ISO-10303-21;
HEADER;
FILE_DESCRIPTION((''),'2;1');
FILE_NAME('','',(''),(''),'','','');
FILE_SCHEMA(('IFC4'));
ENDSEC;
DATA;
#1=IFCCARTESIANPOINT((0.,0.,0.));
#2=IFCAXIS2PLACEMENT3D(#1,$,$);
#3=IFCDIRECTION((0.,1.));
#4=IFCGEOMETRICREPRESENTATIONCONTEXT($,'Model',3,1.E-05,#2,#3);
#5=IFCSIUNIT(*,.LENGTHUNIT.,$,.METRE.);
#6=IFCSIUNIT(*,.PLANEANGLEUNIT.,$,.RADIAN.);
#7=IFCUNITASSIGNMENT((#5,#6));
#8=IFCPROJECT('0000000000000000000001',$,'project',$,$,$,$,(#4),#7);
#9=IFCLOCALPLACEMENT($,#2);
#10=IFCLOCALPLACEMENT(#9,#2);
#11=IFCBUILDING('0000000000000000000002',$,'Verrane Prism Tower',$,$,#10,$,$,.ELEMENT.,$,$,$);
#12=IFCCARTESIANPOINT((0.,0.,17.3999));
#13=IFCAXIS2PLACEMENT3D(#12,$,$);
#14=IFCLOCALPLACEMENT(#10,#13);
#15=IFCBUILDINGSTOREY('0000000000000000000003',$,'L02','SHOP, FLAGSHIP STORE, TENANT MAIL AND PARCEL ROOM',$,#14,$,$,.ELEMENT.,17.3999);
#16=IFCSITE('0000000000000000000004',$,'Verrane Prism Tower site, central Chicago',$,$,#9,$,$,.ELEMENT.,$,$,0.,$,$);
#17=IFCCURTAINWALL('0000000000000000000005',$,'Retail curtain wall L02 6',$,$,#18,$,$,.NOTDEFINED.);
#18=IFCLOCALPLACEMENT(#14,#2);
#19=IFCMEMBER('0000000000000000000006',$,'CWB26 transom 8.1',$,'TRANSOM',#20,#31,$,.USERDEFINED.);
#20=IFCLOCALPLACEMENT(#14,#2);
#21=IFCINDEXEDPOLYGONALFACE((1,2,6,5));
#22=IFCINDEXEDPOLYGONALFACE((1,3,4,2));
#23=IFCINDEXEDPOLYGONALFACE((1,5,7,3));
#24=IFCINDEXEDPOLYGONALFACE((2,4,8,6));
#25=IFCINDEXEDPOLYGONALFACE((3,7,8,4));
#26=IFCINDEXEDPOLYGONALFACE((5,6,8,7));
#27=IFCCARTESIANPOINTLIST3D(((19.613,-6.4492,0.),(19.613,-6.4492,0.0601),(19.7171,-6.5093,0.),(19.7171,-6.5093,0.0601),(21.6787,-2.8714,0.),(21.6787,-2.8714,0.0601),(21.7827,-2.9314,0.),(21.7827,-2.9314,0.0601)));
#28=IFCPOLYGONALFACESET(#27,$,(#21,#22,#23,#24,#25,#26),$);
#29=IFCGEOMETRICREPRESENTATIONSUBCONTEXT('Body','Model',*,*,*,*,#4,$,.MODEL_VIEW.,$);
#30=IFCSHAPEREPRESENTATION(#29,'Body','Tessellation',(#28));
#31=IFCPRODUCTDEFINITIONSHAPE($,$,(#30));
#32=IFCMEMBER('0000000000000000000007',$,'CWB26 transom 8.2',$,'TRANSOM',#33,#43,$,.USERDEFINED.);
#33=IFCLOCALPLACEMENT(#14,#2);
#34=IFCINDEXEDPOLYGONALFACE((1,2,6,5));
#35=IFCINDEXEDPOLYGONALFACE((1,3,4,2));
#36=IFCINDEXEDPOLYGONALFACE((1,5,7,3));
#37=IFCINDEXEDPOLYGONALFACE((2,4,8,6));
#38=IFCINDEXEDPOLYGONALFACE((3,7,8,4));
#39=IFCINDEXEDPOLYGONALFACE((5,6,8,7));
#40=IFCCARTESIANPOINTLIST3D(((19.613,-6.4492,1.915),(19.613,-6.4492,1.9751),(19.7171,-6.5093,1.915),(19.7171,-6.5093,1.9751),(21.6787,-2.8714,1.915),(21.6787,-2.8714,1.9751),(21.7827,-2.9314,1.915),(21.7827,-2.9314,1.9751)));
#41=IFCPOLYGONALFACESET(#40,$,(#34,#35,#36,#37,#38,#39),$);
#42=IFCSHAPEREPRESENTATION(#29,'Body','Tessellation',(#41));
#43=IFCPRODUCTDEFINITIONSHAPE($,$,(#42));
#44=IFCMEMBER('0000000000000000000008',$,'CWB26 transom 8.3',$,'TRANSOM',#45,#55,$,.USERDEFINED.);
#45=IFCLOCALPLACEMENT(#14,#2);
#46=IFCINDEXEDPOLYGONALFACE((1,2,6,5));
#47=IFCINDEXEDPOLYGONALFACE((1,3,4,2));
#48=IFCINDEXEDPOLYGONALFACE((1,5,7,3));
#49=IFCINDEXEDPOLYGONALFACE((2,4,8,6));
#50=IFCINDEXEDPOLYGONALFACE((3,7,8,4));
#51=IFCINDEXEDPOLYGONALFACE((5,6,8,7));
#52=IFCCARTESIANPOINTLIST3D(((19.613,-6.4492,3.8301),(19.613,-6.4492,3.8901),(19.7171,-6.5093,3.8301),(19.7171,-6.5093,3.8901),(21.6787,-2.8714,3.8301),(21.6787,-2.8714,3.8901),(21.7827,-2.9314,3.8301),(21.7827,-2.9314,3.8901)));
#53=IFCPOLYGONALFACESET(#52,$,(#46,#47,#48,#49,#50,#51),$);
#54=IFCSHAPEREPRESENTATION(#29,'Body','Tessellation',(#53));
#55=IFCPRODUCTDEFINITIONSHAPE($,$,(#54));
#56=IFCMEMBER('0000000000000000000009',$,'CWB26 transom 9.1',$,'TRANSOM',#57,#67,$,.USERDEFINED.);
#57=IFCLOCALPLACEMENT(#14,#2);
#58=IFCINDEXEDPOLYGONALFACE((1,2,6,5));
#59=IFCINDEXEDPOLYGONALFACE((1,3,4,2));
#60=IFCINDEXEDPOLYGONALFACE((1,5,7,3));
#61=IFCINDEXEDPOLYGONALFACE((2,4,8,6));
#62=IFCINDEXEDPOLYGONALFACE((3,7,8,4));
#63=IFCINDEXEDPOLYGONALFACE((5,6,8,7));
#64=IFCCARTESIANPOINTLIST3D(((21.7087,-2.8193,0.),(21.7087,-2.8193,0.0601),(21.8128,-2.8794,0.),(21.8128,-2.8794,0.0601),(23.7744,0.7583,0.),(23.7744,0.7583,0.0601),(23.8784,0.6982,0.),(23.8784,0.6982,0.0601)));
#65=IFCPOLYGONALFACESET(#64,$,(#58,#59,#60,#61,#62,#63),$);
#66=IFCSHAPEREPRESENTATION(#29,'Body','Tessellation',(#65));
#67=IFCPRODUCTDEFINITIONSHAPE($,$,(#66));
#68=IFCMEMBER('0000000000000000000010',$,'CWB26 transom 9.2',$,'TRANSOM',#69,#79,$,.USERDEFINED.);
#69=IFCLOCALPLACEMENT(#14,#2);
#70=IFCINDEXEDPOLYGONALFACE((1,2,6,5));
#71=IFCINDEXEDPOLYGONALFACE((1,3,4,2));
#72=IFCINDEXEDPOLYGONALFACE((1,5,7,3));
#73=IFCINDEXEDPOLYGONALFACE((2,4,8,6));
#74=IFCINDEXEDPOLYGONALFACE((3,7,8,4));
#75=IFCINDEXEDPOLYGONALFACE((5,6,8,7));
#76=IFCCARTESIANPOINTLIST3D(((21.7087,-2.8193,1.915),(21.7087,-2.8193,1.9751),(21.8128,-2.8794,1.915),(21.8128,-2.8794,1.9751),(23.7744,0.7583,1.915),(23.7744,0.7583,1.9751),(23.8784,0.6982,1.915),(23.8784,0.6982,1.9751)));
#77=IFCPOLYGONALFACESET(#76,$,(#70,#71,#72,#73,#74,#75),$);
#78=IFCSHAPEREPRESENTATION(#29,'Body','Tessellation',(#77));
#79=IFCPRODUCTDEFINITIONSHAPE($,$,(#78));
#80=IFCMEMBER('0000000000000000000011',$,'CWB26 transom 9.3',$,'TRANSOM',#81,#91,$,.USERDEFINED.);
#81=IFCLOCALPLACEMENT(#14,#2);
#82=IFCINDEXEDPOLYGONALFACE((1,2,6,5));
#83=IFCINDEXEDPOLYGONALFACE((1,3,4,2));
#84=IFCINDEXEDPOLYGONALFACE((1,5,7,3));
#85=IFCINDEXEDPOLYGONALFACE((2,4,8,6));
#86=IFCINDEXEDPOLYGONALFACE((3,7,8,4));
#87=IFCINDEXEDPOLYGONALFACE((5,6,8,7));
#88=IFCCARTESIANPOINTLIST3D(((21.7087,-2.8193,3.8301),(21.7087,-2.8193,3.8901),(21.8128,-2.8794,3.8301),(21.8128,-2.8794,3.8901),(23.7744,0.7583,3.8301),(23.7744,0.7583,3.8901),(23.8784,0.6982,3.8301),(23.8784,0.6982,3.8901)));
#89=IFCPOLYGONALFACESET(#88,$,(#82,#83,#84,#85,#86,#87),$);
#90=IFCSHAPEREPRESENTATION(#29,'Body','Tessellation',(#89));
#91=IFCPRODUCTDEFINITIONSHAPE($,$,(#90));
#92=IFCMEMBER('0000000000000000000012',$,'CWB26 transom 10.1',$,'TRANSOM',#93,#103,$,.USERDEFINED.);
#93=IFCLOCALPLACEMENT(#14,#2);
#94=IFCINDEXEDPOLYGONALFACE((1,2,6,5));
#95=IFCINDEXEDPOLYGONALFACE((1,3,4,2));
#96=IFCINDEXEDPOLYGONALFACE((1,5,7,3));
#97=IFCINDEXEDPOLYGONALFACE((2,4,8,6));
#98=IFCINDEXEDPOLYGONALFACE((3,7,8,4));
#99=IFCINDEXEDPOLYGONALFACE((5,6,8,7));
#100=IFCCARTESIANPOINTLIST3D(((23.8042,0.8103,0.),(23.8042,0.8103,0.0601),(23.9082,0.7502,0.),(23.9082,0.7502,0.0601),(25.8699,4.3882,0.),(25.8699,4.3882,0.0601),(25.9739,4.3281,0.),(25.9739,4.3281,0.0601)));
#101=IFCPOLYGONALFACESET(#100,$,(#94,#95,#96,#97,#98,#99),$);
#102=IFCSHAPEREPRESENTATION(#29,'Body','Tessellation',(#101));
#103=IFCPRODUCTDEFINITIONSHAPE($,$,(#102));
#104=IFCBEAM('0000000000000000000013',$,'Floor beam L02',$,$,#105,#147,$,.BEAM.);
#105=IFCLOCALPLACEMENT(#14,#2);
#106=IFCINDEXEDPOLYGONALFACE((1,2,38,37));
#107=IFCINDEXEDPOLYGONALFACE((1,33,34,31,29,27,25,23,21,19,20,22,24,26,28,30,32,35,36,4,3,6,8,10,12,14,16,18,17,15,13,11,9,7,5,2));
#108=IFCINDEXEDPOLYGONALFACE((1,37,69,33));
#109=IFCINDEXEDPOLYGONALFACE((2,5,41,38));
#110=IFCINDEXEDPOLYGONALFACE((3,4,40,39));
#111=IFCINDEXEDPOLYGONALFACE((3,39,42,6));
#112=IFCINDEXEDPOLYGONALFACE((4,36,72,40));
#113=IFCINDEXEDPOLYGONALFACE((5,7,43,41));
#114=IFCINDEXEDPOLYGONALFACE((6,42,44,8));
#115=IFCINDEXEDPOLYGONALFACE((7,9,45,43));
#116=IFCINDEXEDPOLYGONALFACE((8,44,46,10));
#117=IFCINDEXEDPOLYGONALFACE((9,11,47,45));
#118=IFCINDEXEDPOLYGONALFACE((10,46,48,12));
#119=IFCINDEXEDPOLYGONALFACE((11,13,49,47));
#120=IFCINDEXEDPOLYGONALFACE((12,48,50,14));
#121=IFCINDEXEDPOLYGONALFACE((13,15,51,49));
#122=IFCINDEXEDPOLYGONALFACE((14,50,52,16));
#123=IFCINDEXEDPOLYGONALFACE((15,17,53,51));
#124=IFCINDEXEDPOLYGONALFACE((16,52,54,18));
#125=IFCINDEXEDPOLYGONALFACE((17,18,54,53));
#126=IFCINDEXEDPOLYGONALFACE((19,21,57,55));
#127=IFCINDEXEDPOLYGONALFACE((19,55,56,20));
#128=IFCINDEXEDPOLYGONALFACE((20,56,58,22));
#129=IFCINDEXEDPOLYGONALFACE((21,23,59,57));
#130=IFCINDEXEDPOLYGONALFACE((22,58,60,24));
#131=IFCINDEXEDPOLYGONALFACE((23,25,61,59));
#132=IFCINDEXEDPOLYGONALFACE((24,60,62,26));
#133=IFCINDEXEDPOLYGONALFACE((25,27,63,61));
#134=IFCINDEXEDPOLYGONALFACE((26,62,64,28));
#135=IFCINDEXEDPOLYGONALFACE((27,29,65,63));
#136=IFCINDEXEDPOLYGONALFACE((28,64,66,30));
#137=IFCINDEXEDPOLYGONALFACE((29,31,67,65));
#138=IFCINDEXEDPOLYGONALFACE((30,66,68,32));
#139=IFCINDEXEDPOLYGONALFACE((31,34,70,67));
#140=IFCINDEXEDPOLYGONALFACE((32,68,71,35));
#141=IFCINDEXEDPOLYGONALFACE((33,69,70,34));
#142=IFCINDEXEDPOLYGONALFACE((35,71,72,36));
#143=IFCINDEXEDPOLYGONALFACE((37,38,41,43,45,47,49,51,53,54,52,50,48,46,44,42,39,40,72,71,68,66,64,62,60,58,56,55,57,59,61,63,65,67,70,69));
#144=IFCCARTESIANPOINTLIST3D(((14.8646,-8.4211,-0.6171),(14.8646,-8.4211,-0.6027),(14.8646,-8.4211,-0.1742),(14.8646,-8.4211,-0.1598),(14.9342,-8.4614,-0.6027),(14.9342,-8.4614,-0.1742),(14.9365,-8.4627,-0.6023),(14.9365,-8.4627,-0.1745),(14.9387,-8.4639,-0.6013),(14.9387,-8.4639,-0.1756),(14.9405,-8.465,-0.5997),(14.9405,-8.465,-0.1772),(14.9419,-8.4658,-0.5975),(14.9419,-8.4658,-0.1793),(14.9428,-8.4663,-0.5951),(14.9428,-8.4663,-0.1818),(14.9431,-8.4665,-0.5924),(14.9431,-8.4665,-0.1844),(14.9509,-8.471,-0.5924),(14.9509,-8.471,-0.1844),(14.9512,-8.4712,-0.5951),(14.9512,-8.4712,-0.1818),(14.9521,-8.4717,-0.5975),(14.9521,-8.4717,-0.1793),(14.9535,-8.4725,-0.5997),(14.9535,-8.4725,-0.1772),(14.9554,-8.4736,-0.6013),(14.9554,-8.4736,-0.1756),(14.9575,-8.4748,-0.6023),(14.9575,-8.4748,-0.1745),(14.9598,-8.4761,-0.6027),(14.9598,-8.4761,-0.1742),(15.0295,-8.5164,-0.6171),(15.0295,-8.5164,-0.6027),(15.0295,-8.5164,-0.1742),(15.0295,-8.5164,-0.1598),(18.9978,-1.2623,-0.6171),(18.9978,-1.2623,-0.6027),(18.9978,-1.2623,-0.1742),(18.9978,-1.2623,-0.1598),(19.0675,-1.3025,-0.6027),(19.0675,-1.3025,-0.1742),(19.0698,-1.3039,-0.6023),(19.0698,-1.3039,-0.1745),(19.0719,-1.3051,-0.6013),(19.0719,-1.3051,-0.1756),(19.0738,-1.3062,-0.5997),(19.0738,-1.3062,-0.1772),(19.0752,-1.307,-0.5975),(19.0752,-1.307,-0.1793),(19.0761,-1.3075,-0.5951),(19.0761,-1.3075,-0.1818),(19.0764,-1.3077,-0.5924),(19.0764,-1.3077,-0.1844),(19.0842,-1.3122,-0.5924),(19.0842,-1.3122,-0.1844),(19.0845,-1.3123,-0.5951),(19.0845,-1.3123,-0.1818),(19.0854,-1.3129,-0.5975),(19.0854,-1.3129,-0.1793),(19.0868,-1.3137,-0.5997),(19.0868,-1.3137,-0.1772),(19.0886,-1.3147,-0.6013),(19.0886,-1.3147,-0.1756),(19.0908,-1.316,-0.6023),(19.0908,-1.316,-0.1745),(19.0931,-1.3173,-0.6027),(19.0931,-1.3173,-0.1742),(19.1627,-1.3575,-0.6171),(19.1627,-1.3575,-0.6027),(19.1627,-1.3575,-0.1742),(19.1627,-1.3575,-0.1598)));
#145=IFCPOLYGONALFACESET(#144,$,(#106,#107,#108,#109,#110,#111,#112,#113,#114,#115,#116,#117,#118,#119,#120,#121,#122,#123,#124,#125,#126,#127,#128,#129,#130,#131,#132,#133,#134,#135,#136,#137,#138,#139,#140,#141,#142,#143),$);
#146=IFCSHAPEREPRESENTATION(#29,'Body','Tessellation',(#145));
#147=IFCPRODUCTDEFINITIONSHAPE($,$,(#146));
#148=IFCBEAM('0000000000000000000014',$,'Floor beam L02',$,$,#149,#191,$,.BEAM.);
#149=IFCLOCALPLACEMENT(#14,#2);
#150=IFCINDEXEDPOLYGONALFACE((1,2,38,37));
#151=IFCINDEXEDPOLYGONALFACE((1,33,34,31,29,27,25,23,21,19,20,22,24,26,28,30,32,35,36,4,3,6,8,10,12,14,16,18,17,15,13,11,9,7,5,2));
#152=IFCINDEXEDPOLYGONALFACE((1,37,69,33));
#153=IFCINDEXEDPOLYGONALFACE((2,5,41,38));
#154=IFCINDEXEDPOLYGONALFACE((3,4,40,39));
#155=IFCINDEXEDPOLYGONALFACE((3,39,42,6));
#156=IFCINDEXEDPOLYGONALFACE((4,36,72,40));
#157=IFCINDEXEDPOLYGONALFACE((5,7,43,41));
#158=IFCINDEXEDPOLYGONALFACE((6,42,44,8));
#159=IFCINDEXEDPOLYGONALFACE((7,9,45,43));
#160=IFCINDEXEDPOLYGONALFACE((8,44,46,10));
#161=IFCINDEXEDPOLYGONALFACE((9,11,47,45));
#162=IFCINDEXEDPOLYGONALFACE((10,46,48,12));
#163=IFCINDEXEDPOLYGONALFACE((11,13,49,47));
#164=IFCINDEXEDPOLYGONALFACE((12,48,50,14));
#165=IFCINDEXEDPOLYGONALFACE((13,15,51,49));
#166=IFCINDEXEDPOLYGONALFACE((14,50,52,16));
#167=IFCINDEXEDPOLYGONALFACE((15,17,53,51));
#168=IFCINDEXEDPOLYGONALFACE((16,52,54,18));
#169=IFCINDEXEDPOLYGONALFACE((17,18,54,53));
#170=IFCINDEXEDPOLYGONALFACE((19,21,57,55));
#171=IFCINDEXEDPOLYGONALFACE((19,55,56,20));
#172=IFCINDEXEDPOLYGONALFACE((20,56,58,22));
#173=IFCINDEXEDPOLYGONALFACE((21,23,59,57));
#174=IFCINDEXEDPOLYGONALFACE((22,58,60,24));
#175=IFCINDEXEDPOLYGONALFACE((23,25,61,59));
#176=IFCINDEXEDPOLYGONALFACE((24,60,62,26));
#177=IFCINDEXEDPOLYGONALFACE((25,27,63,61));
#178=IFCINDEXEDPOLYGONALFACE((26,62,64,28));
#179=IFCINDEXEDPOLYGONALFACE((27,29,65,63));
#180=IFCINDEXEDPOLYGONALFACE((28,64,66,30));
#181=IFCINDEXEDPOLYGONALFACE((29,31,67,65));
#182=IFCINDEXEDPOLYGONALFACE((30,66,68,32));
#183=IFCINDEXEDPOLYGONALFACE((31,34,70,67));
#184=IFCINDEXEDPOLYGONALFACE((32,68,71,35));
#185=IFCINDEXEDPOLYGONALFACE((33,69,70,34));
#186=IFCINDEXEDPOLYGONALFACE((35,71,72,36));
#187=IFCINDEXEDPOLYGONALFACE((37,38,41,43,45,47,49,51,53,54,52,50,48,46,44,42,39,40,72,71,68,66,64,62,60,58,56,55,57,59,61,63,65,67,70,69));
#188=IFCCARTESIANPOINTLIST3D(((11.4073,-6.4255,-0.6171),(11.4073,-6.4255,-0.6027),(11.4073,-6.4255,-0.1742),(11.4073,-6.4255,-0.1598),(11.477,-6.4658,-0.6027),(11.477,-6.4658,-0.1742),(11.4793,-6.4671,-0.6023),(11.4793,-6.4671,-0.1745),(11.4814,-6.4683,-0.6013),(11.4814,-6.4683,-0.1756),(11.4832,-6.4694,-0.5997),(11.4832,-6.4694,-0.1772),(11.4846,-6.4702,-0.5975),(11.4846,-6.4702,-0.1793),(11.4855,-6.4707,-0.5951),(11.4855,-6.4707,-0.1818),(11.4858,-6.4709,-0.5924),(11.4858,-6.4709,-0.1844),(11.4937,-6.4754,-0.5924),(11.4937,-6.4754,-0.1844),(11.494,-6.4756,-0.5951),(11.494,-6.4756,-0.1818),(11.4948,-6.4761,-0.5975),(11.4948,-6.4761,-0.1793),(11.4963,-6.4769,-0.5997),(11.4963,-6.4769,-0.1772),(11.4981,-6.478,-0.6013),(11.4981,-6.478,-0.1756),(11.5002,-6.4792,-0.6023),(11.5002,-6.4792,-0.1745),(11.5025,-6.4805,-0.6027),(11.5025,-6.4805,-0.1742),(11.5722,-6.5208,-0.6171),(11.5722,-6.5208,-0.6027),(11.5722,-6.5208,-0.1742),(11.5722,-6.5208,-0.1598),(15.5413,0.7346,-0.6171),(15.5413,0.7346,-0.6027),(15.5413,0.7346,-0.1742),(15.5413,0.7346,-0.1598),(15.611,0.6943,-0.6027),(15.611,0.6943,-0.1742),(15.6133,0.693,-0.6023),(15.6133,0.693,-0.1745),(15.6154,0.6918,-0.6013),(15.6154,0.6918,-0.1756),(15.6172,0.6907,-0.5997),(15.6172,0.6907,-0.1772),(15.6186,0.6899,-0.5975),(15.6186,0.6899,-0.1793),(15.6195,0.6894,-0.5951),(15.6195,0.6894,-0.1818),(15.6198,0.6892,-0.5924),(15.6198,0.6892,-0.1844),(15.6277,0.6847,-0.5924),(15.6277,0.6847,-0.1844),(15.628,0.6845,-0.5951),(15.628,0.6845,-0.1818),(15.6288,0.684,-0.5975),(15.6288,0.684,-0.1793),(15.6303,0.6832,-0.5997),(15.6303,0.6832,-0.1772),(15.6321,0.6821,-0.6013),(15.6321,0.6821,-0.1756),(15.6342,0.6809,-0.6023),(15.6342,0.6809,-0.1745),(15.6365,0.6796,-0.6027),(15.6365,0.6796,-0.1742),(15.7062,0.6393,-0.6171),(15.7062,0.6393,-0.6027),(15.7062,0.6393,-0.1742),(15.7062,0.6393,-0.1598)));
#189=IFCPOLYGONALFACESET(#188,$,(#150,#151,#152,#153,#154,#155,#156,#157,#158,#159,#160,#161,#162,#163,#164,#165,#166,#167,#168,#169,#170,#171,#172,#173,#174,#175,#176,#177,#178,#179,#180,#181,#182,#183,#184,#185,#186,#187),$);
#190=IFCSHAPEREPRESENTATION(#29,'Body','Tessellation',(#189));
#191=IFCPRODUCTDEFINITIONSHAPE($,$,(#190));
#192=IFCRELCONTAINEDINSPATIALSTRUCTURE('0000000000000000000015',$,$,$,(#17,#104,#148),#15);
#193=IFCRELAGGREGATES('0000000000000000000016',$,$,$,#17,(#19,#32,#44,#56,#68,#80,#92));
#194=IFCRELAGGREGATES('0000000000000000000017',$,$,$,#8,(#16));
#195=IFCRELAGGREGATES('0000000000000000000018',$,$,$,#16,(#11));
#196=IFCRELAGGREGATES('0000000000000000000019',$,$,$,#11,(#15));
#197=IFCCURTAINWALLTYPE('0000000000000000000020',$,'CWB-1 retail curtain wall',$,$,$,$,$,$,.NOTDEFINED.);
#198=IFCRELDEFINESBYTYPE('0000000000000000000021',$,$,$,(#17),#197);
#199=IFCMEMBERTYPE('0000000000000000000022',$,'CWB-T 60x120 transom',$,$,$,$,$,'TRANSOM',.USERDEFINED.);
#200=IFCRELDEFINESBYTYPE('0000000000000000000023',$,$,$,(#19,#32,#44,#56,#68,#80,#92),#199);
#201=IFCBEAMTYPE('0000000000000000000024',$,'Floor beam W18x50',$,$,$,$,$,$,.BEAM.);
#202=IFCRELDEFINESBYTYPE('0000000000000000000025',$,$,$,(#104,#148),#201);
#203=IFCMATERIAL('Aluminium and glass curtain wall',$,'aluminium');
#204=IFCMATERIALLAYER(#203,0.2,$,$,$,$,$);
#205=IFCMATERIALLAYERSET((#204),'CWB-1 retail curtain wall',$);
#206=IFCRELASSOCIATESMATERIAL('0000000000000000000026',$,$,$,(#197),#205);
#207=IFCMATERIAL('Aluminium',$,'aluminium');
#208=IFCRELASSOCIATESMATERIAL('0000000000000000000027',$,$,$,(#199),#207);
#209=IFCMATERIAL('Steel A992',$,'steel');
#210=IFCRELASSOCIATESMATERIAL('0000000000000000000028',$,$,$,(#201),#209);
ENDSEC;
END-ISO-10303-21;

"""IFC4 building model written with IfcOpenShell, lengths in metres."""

from ifc_helpers import new_model, si_unit, direction, frame, origin, origin_2d, place, context, subcontext, project, spatial, rectangle, i_section, extrude, material, layer, layer_set, material_profile, profile_set, type_object, element, aggregate, save


model = new_model("IFC4")

# Units and contexts
model_context = context("Model", 3, precision=1e-05, world=origin(), true_north=direction((0.0, 1.0)))
body_context = subcontext(model_context, "Body", "Model", "MODEL_VIEW")
ifc_project = project(units=[si_unit("LENGTHUNIT", "METRE"), si_unit("PLANEANGLEUNIT", "RADIAN")], contexts=[model_context])

# Site, building, storey
site_placement = place(None, origin())
site = spatial("IfcSite", under=ifc_project, at=site_placement, Name="Verrane Prism Tower site, central Chicago", CompositionType="ELEMENT", RefElevation=0.0)
building_placement = place(site_placement, origin())
building = spatial("IfcBuilding", under=site, at=building_placement, Name="Verrane Prism Tower", CompositionType="ELEMENT")
storey_placement = place(building_placement, frame((0.0, 0.0, 17.3999)))
storey = spatial("IfcBuildingStorey", under=building, at=storey_placement, Name="L02", Description="SHOP, FLAGSHIP STORE, TENANT MAIL AND PARCEL ROOM", CompositionType="ELEMENT", Elevation=17.3999)

# Curtain wall, members
ifc_material_1 = material(Name="Aluminium and glass curtain wall", Category="aluminium")
ifc_layer_1 = layer(ifc_material_1, 0.2)
ifc_layer_set_1 = layer_set([ifc_layer_1], Name="CWB-1 retail curtain wall")
curtain_wall_type = type_object("IfcCurtainWallType", Name="CWB-1 retail curtain wall", PredefinedType="NOTDEFINED", material=ifc_layer_set_1)
curtain_wall_placement = place(storey_placement, origin())
curtain_wall = element("IfcCurtainWall", 1, at=curtain_wall_placement, inside=storey, type_object=curtain_wall_type, Name="Retail curtain wall L02 6", PredefinedType="NOTDEFINED")
ifc_material_2 = material(Name="Aluminium", Category="aluminium")
ifc_material_profile_1 = material_profile(ifc_material_2, rectangle(XDim=0.1201, YDim=0.0601, at=origin_2d()), Name="CWB-T 60x120 transom")
ifc_profile_set_1 = profile_set([ifc_material_profile_1], Name="Aluminium")
member_type_1 = type_object("IfcMemberType", Name="CWB-T 60x120 transom", ElementType="TRANSOM", PredefinedType="USERDEFINED", material=ifc_profile_set_1)
member_1_placement = place(storey_placement, frame((19.665, -6.4792, 0.03), z_axis=(0.499997, 0.866027, 0.0), x_axis=(-0.866027, 0.499997, 0.0)))
member_1 = element("IfcMember", 2, at=member_1_placement, type_object=member_type_1, Name="CWB26 transom 8.1", ObjectType="TRANSOM", PredefinedType="USERDEFINED", context=body_context, shape_type="SweptSolid", body=[
    extrude(rectangle(XDim=0.1201, YDim=0.0601, at=origin_2d()), origin(), (0.0, 0.0, 1.0), 4.1313),
])
member_2_placement = place(storey_placement, frame((19.665, -6.4792, 1.9451), z_axis=(0.499997, 0.866027, 0.0), x_axis=(-0.866027, 0.499997, 0.0)))
member_2 = element("IfcMember", 3, at=member_2_placement, type_object=member_type_1, Name="CWB26 transom 8.2", ObjectType="TRANSOM", PredefinedType="USERDEFINED", context=body_context, shape_type="SweptSolid", body=[
    extrude(rectangle(XDim=0.1201, YDim=0.0601, at=origin_2d()), origin(), (0.0, 0.0, 1.0), 4.1313),
])
member_3_placement = place(storey_placement, frame((19.665, -6.4792, 3.8601), z_axis=(0.499997, 0.866027, 0.0), x_axis=(-0.866027, 0.499997, 0.0)))
member_3 = element("IfcMember", 4, at=member_3_placement, type_object=member_type_1, Name="CWB26 transom 8.3", ObjectType="TRANSOM", PredefinedType="USERDEFINED", context=body_context, shape_type="SweptSolid", body=[
    extrude(rectangle(XDim=0.1201, YDim=0.0601, at=origin_2d()), origin(), (0.0, 0.0, 1.0), 4.1313),
])
member_4_placement = place(storey_placement, frame((21.7607, -2.8494, 0.03), z_axis=(0.500023, 0.866012, 0.0), x_axis=(-0.866012, 0.500023, 0.0)))
member_4 = element("IfcMember", 5, at=member_4_placement, type_object=member_type_1, Name="CWB26 transom 9.1", ObjectType="TRANSOM", PredefinedType="USERDEFINED", context=body_context, shape_type="SweptSolid", body=[
    extrude(rectangle(XDim=0.1201, YDim=0.0601, at=origin_2d()), origin(), (0.0, 0.0, 1.0), 4.1311),
])
member_5_placement = place(storey_placement, frame((21.7607, -2.8494, 1.9451), z_axis=(0.500023, 0.866012, 0.0), x_axis=(-0.866012, 0.500023, 0.0)))
member_5 = element("IfcMember", 6, at=member_5_placement, type_object=member_type_1, Name="CWB26 transom 9.2", ObjectType="TRANSOM", PredefinedType="USERDEFINED", context=body_context, shape_type="SweptSolid", body=[
    extrude(rectangle(XDim=0.1201, YDim=0.0601, at=origin_2d()), origin(), (0.0, 0.0, 1.0), 4.1311),
])
member_6_placement = place(storey_placement, frame((21.7607, -2.8494, 3.8601), z_axis=(0.500023, 0.866012, 0.0), x_axis=(-0.866012, 0.500023, 0.0)))
member_6 = element("IfcMember", 7, at=member_6_placement, type_object=member_type_1, Name="CWB26 transom 9.3", ObjectType="TRANSOM", PredefinedType="USERDEFINED", context=body_context, shape_type="SweptSolid", body=[
    extrude(rectangle(XDim=0.1201, YDim=0.0601, at=origin_2d()), origin(), (0.0, 0.0, 1.0), 4.1311),
])
member_7_placement = place(storey_placement, frame((23.8562, 0.7803, 0.03), z_axis=(0.499997, 0.866027, 0.0), x_axis=(-0.866027, 0.499997, 0.0)))
member_7 = element("IfcMember", 8, at=member_7_placement, type_object=member_type_1, Name="CWB26 transom 10.1", ObjectType="TRANSOM", PredefinedType="USERDEFINED", context=body_context, shape_type="SweptSolid", body=[
    extrude(rectangle(XDim=0.1201, YDim=0.0601, at=origin_2d()), origin(), (0.0, 0.0, 1.0), 4.1313),
])

# Beams
ifc_material_3 = material(Name="Steel A992", Category="steel")
ifc_material_profile_2 = material_profile(ifc_material_3, i_section(OverallWidth=0.1904, OverallDepth=0.4573, WebThickness=0.009, FlangeThickness=0.0144, FilletRadius=0.0103, at=origin_2d()), Name="W18x50")
ifc_profile_set_2 = profile_set([ifc_material_profile_2], Name="Steel A992")
beam_type_1 = type_object("IfcBeamType", Name="Floor beam W18x50", PredefinedType="BEAM", material=ifc_profile_set_2)
beam_1_placement = place(storey_placement, frame((14.947, -8.4688, -0.3884), z_axis=(0.500008, 0.866021, 0.0), x_axis=(-0.866021, 0.500008, 0.0)))
element("IfcBeam", 9, at=beam_1_placement, inside=storey, type_object=beam_type_1, Name="Floor beam L02", PredefinedType="BEAM", context=body_context, shape_type="SweptSolid", body=[
    extrude(i_section(OverallWidth=0.1904, OverallDepth=0.4573, WebThickness=0.009, FlangeThickness=0.0144, FilletRadius=0.0103, at=origin_2d()), origin(), (0.0, 0.0, 1.0), 8.2664),
])
beam_2_placement = place(storey_placement, frame((11.4897, -6.4731, -0.3884), z_axis=(0.50001, 0.866019, 0.0), x_axis=(-0.866019, 0.50001, 0.0)))
element("IfcBeam", 10, at=beam_2_placement, inside=storey, type_object=beam_type_1, Name="Floor beam L02", PredefinedType="BEAM", context=body_context, shape_type="SweptSolid", body=[
    extrude(i_section(OverallWidth=0.1904, OverallDepth=0.4573, WebThickness=0.009, FlangeThickness=0.0144, FilletRadius=0.0103, at=origin_2d()), origin(), (0.0, 0.0, 1.0), 8.2678),
])

aggregate(curtain_wall, [member_1, member_2, member_3, member_4, member_5, member_6, member_7])

save(model, "model.ifc")
